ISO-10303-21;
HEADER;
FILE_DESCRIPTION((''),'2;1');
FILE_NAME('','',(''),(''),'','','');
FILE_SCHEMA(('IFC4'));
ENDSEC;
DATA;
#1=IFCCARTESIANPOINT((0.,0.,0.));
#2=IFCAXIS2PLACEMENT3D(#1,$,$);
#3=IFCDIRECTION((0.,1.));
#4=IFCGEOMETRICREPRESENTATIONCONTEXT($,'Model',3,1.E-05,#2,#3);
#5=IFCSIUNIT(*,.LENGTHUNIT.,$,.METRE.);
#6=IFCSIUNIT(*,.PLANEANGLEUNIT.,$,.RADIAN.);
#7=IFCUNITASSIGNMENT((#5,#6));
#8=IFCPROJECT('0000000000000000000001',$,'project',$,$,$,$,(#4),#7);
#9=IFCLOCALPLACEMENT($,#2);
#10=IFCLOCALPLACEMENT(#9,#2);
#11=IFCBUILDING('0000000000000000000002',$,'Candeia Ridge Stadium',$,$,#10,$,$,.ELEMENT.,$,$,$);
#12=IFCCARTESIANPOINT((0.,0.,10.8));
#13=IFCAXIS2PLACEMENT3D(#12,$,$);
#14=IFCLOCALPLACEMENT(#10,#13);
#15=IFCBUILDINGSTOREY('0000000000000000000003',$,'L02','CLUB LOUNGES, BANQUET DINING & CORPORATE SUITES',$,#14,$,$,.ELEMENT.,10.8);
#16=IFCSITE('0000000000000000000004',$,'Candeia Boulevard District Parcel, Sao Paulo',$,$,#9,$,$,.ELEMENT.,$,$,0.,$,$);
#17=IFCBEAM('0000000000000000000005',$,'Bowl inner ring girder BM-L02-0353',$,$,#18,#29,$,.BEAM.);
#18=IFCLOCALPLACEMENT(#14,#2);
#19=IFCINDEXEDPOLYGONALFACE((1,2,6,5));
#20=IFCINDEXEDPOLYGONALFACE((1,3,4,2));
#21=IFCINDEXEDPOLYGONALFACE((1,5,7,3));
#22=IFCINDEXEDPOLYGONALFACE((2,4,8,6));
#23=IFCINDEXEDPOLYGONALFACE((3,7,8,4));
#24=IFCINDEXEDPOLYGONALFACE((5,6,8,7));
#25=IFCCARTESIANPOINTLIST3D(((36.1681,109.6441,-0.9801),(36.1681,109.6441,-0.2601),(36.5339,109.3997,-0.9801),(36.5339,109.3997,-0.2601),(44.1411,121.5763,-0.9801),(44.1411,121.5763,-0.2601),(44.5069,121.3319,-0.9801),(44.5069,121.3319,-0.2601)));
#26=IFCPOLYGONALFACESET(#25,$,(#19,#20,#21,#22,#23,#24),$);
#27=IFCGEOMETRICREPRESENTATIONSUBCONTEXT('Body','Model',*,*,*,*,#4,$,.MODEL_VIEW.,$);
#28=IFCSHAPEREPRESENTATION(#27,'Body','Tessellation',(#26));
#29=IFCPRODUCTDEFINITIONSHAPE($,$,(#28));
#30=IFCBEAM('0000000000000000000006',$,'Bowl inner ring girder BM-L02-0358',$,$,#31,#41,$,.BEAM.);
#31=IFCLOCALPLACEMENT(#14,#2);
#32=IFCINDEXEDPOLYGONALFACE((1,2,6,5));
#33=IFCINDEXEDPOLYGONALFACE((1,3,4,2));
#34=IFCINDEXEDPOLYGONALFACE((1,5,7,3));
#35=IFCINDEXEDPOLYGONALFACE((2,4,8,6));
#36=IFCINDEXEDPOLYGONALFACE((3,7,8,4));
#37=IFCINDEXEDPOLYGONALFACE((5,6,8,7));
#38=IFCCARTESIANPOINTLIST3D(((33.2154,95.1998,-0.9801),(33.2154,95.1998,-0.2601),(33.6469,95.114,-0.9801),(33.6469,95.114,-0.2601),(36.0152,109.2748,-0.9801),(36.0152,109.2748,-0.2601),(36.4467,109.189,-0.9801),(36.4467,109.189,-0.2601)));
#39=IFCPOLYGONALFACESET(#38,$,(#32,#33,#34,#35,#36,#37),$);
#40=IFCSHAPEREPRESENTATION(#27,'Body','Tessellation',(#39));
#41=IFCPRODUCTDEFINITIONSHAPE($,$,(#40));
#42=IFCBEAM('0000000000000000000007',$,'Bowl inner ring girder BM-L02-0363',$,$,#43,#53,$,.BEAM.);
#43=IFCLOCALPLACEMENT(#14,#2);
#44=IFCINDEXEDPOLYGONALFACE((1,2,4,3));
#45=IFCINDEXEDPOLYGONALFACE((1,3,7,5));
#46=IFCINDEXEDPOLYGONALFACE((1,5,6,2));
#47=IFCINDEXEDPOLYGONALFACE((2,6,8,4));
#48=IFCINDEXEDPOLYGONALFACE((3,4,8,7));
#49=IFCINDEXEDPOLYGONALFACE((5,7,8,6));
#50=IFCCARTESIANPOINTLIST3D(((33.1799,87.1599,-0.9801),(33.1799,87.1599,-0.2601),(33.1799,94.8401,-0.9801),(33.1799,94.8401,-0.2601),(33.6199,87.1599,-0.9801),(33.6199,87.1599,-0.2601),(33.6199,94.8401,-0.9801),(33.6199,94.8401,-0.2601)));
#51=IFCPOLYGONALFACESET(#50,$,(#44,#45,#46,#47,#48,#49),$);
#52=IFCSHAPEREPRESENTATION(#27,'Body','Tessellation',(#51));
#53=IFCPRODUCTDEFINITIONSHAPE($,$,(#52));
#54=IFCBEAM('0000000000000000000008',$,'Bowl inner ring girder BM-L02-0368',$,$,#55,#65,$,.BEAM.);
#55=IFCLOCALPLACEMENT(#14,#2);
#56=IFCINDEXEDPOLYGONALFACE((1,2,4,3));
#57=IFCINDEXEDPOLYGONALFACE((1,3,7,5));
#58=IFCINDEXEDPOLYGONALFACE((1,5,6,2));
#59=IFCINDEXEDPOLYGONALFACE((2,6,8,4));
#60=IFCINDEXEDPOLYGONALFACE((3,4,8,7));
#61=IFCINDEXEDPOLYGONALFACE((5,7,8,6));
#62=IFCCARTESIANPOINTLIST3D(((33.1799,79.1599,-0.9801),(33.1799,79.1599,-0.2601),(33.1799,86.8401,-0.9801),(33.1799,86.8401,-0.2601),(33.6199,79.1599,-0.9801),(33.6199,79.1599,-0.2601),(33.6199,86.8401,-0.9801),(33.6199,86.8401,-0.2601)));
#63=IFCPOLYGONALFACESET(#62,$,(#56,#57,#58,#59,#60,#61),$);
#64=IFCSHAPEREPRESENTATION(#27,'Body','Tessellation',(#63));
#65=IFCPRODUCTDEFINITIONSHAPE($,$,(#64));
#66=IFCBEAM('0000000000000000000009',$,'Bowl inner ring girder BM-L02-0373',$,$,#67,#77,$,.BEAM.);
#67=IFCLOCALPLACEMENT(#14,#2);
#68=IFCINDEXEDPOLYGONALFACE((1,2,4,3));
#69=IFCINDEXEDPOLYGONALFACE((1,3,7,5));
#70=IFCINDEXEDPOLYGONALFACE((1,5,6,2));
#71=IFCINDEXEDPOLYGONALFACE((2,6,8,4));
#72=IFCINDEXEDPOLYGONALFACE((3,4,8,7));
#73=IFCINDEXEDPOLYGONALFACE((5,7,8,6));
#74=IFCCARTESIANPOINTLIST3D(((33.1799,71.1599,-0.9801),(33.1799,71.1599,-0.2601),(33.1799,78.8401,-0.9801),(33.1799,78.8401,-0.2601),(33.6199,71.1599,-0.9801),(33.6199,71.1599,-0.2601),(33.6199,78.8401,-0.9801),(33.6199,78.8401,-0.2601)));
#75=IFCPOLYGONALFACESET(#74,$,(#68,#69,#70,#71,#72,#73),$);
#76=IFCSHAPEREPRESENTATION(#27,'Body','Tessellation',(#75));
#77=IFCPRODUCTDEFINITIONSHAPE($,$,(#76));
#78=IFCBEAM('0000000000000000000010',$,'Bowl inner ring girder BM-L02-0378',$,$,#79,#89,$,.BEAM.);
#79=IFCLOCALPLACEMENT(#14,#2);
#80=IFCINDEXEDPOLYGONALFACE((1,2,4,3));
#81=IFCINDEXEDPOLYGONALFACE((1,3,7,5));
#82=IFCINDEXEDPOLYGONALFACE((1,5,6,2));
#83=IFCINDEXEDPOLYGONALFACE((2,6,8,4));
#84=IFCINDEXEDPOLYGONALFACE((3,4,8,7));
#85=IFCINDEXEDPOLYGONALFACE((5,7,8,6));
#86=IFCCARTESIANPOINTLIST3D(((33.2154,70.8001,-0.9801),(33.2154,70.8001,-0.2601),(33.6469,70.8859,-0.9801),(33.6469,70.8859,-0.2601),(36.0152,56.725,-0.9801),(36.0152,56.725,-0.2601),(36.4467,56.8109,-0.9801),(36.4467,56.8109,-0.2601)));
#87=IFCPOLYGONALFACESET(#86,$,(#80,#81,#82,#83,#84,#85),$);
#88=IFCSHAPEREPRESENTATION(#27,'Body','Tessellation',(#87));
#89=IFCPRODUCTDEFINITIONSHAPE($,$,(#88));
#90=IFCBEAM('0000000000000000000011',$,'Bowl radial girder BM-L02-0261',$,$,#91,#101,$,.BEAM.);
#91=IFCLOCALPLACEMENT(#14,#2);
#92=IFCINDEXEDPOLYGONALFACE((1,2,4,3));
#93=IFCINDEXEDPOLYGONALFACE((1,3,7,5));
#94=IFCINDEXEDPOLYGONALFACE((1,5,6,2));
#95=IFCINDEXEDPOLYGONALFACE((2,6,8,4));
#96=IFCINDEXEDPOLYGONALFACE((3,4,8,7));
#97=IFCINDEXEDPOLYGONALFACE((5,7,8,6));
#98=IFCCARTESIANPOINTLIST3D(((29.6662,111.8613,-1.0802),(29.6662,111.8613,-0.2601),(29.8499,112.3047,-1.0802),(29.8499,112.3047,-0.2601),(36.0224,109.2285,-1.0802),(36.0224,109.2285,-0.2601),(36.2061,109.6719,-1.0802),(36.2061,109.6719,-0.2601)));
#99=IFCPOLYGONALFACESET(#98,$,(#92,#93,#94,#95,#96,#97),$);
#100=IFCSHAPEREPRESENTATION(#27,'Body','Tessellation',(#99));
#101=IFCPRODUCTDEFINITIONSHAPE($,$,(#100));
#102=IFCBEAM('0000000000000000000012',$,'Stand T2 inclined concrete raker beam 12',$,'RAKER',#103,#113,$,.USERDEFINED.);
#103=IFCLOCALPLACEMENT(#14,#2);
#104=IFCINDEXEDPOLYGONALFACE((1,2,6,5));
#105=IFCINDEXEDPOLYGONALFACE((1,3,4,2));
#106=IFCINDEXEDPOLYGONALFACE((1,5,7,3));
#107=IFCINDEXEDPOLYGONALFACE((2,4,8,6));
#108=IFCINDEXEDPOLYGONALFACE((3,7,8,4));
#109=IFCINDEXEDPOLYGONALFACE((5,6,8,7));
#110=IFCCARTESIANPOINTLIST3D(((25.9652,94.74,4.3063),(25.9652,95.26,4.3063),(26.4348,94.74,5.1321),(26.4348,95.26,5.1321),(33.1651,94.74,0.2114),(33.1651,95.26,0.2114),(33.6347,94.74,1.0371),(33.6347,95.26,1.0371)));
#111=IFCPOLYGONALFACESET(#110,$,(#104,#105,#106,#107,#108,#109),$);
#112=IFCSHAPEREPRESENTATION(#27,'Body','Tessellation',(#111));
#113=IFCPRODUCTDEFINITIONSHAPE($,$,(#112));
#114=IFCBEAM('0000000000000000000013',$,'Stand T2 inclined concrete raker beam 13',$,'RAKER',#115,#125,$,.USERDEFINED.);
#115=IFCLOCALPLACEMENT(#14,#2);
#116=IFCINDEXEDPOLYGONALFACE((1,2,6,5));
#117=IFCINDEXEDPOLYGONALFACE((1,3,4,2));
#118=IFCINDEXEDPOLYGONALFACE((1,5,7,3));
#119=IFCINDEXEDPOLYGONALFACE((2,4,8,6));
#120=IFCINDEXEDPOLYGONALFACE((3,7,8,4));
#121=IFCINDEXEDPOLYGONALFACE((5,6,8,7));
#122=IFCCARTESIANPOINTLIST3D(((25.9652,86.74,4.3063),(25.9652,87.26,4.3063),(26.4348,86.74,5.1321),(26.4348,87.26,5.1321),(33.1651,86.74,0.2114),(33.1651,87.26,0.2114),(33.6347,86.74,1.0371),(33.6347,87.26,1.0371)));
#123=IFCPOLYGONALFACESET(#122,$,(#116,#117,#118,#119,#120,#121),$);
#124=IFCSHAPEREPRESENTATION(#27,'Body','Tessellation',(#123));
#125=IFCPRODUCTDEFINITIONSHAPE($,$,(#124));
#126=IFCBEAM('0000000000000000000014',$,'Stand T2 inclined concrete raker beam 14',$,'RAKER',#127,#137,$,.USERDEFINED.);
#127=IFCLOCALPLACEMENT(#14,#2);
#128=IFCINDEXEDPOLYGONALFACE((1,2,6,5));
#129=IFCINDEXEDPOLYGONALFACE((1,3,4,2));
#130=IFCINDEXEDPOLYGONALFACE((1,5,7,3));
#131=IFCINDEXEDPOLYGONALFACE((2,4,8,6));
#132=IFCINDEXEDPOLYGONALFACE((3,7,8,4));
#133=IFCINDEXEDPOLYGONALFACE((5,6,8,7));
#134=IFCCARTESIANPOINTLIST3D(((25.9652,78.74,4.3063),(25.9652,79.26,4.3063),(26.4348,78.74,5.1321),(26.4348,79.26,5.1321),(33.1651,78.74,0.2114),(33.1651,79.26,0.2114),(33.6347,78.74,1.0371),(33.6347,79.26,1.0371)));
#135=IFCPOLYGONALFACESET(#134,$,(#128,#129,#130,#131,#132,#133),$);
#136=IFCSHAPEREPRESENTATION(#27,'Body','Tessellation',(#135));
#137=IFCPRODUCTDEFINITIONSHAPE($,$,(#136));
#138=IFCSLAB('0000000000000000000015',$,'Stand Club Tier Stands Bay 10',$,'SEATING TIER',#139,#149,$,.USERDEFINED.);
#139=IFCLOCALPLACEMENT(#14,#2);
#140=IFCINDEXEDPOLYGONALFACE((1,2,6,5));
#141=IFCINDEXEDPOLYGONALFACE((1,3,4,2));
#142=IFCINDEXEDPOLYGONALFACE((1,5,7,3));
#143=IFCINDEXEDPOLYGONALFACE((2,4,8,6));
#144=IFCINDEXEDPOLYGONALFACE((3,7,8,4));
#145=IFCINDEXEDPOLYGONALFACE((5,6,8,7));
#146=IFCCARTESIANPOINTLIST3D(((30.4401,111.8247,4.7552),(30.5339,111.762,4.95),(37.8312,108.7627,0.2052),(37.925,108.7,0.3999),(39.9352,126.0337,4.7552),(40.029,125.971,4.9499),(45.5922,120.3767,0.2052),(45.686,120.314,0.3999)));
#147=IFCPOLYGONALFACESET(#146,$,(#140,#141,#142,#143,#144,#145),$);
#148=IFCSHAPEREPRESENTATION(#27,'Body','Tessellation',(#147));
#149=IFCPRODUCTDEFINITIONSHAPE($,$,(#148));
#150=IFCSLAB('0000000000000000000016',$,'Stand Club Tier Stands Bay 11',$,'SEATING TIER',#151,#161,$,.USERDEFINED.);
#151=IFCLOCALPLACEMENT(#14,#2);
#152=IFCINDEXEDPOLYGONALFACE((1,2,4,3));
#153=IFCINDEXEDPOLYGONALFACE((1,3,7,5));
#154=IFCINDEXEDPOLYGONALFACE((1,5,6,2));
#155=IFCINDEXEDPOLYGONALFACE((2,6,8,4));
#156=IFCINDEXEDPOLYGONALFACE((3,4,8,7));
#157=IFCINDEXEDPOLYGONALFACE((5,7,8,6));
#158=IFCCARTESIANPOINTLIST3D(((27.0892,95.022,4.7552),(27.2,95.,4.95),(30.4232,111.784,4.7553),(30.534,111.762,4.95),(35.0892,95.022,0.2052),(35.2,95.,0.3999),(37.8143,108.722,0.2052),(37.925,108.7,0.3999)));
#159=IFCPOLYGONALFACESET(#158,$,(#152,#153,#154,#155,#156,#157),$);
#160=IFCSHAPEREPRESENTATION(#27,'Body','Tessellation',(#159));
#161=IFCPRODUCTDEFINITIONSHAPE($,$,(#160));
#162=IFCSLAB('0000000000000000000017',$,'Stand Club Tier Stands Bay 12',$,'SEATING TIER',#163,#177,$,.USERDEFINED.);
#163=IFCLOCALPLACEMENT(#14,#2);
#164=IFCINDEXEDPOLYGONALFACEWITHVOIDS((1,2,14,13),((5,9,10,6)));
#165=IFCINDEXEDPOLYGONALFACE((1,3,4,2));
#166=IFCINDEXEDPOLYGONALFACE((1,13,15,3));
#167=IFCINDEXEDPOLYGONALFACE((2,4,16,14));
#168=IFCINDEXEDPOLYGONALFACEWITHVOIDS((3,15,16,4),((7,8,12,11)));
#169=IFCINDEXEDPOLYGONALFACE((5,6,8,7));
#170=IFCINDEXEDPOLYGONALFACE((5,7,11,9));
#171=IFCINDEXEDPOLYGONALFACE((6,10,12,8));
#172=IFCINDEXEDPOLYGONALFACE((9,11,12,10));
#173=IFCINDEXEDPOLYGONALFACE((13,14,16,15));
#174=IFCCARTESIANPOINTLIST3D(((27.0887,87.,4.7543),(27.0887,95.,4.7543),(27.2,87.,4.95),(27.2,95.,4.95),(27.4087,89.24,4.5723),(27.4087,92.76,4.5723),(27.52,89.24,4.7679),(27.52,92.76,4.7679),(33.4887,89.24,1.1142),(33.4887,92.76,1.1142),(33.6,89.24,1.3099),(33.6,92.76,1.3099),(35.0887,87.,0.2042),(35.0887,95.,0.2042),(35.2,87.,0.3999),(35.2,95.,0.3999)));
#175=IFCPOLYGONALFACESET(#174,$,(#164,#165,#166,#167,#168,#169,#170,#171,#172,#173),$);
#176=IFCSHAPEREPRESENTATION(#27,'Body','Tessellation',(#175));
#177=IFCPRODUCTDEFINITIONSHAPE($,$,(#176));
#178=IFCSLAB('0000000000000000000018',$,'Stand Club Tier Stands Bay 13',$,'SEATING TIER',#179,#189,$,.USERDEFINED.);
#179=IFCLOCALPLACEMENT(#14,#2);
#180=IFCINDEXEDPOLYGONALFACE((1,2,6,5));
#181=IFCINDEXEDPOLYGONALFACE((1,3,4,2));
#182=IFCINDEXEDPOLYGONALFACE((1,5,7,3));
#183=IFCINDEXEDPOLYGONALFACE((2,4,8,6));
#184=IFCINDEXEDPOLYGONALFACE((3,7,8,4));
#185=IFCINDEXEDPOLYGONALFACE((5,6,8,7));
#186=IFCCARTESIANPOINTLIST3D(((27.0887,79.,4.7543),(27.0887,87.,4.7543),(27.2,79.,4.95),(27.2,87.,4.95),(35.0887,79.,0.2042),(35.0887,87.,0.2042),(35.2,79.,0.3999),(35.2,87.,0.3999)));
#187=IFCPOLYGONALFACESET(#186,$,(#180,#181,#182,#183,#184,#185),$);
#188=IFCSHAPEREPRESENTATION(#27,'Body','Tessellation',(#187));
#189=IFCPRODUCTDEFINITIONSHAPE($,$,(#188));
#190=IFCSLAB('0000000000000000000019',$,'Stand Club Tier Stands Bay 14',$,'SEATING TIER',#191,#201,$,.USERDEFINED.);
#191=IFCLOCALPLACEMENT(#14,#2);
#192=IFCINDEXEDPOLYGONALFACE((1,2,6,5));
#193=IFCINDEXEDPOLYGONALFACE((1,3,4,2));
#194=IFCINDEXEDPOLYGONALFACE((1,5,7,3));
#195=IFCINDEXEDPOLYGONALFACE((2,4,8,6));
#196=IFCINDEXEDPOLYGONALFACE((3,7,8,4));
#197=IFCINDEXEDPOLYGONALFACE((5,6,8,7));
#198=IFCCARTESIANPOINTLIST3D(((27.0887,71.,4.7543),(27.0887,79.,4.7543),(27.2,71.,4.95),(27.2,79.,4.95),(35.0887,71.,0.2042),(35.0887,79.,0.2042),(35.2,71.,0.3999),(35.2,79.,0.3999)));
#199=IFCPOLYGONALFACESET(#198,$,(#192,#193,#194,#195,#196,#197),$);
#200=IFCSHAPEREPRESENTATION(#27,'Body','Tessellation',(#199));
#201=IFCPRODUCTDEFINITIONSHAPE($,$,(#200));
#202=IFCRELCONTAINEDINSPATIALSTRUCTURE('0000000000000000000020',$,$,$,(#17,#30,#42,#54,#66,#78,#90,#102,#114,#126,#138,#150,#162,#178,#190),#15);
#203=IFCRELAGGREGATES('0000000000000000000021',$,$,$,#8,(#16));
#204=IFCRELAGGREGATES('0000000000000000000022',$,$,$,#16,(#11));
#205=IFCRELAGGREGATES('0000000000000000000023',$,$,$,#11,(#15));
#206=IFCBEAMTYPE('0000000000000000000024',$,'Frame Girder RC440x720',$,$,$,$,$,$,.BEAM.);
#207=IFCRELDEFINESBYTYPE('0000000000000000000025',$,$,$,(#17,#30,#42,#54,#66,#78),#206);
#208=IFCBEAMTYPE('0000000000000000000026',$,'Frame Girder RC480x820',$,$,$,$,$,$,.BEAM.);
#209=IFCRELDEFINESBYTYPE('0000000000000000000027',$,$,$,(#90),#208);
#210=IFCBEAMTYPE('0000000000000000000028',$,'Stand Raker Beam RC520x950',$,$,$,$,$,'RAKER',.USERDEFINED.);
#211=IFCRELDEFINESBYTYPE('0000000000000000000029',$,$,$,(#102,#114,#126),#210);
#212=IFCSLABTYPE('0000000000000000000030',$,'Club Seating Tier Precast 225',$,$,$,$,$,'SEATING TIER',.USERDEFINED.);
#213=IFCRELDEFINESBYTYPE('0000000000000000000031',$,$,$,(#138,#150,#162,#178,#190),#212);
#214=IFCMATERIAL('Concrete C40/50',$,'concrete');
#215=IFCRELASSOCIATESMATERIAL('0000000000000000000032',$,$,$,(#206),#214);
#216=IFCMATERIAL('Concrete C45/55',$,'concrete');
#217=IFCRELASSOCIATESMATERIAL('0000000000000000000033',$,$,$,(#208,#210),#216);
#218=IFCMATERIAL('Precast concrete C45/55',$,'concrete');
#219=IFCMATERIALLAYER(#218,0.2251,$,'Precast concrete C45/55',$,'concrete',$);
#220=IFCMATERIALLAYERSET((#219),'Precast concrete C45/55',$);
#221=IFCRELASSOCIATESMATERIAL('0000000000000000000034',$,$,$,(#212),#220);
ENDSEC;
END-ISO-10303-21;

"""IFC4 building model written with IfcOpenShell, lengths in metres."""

from ifc_helpers import new_model, si_unit, direction, frame, origin, origin_2d, place, context, subcontext, project, spatial, polyline, rectangle, outline, extrude, material, layer, layer_set, material_profile, profile_set, type_object, element, save


model = new_model("IFC4")

# Units and contexts
model_context = context("Model", 3, precision=1e-05, world=origin(), true_north=direction((0.0, 1.0)))
body_context = subcontext(model_context, "Body", "Model", "MODEL_VIEW")
ifc_project = project(units=[si_unit("LENGTHUNIT", "METRE"), si_unit("PLANEANGLEUNIT", "RADIAN")], contexts=[model_context])

# Site, building, storey
site_placement = place(None, origin())
site = spatial("IfcSite", under=ifc_project, at=site_placement, Name="Candeia Boulevard District Parcel, Sao Paulo", CompositionType="ELEMENT", RefElevation=0.0)
building_placement = place(site_placement, origin())
building = spatial("IfcBuilding", under=site, at=building_placement, Name="Candeia Ridge Stadium", CompositionType="ELEMENT")
storey_placement = place(building_placement, frame((0.0, 0.0, 10.8)))
storey = spatial("IfcBuildingStorey", under=building, at=storey_placement, Name="L02", Description="CLUB LOUNGES, BANQUET DINING & CORPORATE SUITES", CompositionType="ELEMENT", Elevation=10.8)

# Shared definitions
ifc_material_1 = material(Name="Concrete C45/55", Category="concrete")
ifc_material_2 = material(Name="Concrete C40/50", Category="concrete")

# Beams
ifc_material_profile_1 = material_profile(ifc_material_2, rectangle(XDim=0.4399, YDim=0.72, at=origin_2d()), Name="RC440x720", Category="concrete")
ifc_profile_set_1 = profile_set([ifc_material_profile_1], Name="Concrete C40/50")
beam_type_1 = type_object("IfcBeamType", Name="Frame Girder RC440x720", PredefinedType="BEAM", material=ifc_profile_set_1)
for number, where, z_axis, x_axis, name in (
    (1, (44.324, 121.4541, -0.6201), (-0.555575, -0.831466, 0.0), (0.831466, -0.555575, 0.0), "Bowl inner ring girder BM-L02-0353"),
    (2, (36.231, 109.2319, -0.6201), (-0.195099, -0.980784, 0.0), (0.980784, -0.195099, 0.0), "Bowl inner ring girder BM-L02-0358"),
):
    element("IfcBeam", number, at=place(storey_placement, frame(where, z_axis=z_axis, x_axis=x_axis)), inside=storey, type_object=beam_type_1, Name=name, PredefinedType="BEAM", context=body_context, shape_type="SweptSolid", body=[
        extrude(rectangle(XDim=0.4399, YDim=0.72, at=origin_2d()), origin(), (0.0, 0.0, 1.0), 14.3508),
    ])
for number, where, z_axis, x_axis, name in (
    (3, (33.3999, 94.8401, -0.6201), (0.0, -1.0, 0.0), (1.0, 0.0, 0.0), "Bowl inner ring girder BM-L02-0363"),
    (4, (33.3999, 86.8401, -0.6201), (0.0, -1.0, 0.0), (1.0, 0.0, 0.0), "Bowl inner ring girder BM-L02-0368"),
    (5, (33.3999, 78.8401, -0.6201), (0.0, -1.0, 0.0), (1.0, 0.0, 0.0), "Bowl inner ring girder BM-L02-0373"),
):
    element("IfcBeam", number, at=place(storey_placement, frame(where, z_axis=z_axis, x_axis=x_axis)), inside=storey, type_object=beam_type_1, Name=name, PredefinedType="BEAM", context=body_context, shape_type="SweptSolid", body=[
        extrude(rectangle(XDim=0.4399, YDim=0.72, at=origin_2d()), origin(), (0.0, 0.0, 1.0), 7.6802),
    ])
beam_1_placement = place(storey_placement, frame((33.4312, 70.843, -0.6201), z_axis=(0.195099, -0.980784, 0.0), x_axis=(0.980784, 0.195099, 0.0)))
element("IfcBeam", 6, at=beam_1_placement, inside=storey, type_object=beam_type_1, Name="Bowl inner ring girder BM-L02-0378", PredefinedType="BEAM", context=body_context, shape_type="SweptSolid", body=[
    extrude(rectangle(XDim=0.4399, YDim=0.72, at=origin_2d()), origin(), (0.0, 0.0, 1.0), 14.3508),
])
ifc_material_profile_2 = material_profile(ifc_material_1, rectangle(XDim=0.48, YDim=0.8201, at=origin_2d()), Name="RC480x820", Category="concrete")
ifc_profile_set_2 = profile_set([ifc_material_profile_2], Name="Concrete C45/55")
beam_type_2 = type_object("IfcBeamType", Name="Frame Girder RC480x820", PredefinedType="BEAM", material=ifc_profile_set_2)
beam_2_placement = place(storey_placement, frame((36.1143, 109.4502, -0.6702), z_axis=(-0.92388, 0.382682, 0.0), x_axis=(-0.382682, -0.92388, 0.0)))
element("IfcBeam", 7, at=beam_2_placement, inside=storey, type_object=beam_type_2, Name="Bowl radial girder BM-L02-0261", PredefinedType="BEAM", context=body_context, shape_type="SweptSolid", body=[
    extrude(rectangle(XDim=0.48, YDim=0.8201, at=origin_2d()), origin(), (0.0, 0.0, 1.0), 6.8799),
])
ifc_material_profile_3 = material_profile(ifc_material_1, rectangle(XDim=0.52, YDim=0.95, at=origin_2d()), Name="RC520x950", Category="concrete")
ifc_profile_set_3 = profile_set([ifc_material_profile_3], Name="Concrete C45/55")
beam_type_3 = type_object("IfcBeamType", Name="Stand Raker Beam RC520x950", ElementType="RAKER", PredefinedType="USERDEFINED", material=ifc_profile_set_3)
for number, where, z_axis, x_axis, name in (
    (8, (33.3999, 95.0, 0.6243), (-0.869244, 0.0, 0.494383), (0.0, -1.0, 0.0), "Stand T2 inclined concrete raker beam 12"),
    (9, (33.3999, 87.0, 0.6243), (-0.869244, 0.0, 0.494383), (0.0, -1.0, 0.0), "Stand T2 inclined concrete raker beam 13"),
    (10, (33.3999, 79.0, 0.6243), (-0.869244, 0.0, 0.494383), (0.0, -1.0, 0.0), "Stand T2 inclined concrete raker beam 14"),
):
    element("IfcBeam", number, at=place(storey_placement, frame(where, z_axis=z_axis, x_axis=x_axis)), inside=storey, type_object=beam_type_3, Name=name, ObjectType="RAKER", PredefinedType="USERDEFINED", context=body_context, shape_type="SweptSolid", body=[
        extrude(rectangle(XDim=0.52, YDim=0.95, at=origin_2d()), origin(), (0.0, 0.0, 1.0), 8.283),
    ])

# Slabs
ifc_material_3 = material(Name="Precast concrete C45/55", Category="concrete")
ifc_layer_1 = layer(ifc_material_3, 0.2251, Name="Precast concrete C45/55", Category="concrete")
ifc_layer_set_1 = layer_set([ifc_layer_1], Name="Precast concrete C45/55")
slab_type = type_object("IfcSlabType", Name="Club Seating Tier Precast 225", ElementType="SEATING TIER", PredefinedType="USERDEFINED", material=ifc_layer_set_1)
slab_1_placement = place(storey_placement, frame((45.686, 120.314, 0.3999), z_axis=(0.417085, -0.278715, 0.865077), x_axis=(-0.555608, -0.831445, -0.000001)))
element("IfcSlab", 11, at=slab_1_placement, inside=storey, type_object=slab_type, Name="Stand Club Tier Stands Bay 10", ObjectType="SEATING TIER", PredefinedType="USERDEFINED", context=body_context, shape_type="SweptSolid", body=[
    extrude(outline(polyline([(0.0, 0.0), (13.9685, 0.0), (15.5291, -9.0704), (-1.5604, -9.0703), (0.0, 0.0)])), origin(), (0.0, 0.0, -1.0), 0.2251),
])
slab_2_placement = place(storey_placement, frame((37.925, 108.7, 0.3999), z_axis=(0.49201, -0.097864, 0.865072), x_axis=(-0.195089, -0.980785, 0.000003)))
element("IfcSlab", 12, at=slab_2_placement, inside=storey, type_object=slab_type, Name="Stand Club Tier Stands Bay 11", ObjectType="SEATING TIER", PredefinedType="USERDEFINED", context=body_context, shape_type="SweptSolid", body=[
    extrude(outline(polyline([(0.0, 0.0), (13.9684, 0.0), (15.5291, -9.0701), (-1.5612, -9.0703), (0.0, 0.0)])), origin(), (0.0, 0.0, -1.0), 0.2251),
])
slab_3_placement = place(storey_placement, frame((35.2, 95.0, 0.3999), z_axis=(0.494387, 0.0, 0.869242), x_axis=(0.0, -1.0, 0.0)))
element("IfcSlab", 13, at=slab_3_placement, inside=storey, type_object=slab_type, Name="Stand Club Tier Stands Bay 12", ObjectType="SEATING TIER", PredefinedType="USERDEFINED", context=body_context, shape_type="SweptSolid", body=[
    extrude(outline(polyline([(0.0, 0.0), (8.0, 0.0), (8.0, -9.2034), (0.0, -9.2034), (0.0, 0.0)]), holes=[polyline([(2.24, -1.8406), (5.76, -1.8406), (5.76, -8.8353), (2.24, -8.8353), (2.24, -1.8406)])]), origin(), (0.0, 0.0, -1.0), 0.2251),
])
for number, where, z_axis, x_axis, name in (
    (14, (35.2, 87.0, 0.3999), (0.494387, 0.0, 0.869242), (0.0, -1.0, 0.0), "Stand Club Tier Stands Bay 13"),
    (15, (35.2, 79.0, 0.3999), (0.494387, 0.0, 0.869242), (0.0, -1.0, 0.0), "Stand Club Tier Stands Bay 14"),
):
    element("IfcSlab", number, at=place(storey_placement, frame(where, z_axis=z_axis, x_axis=x_axis)), inside=storey, type_object=slab_type, Name=name, ObjectType="SEATING TIER", PredefinedType="USERDEFINED", context=body_context, shape_type="SweptSolid", body=[
        extrude(outline(polyline([(0.0, 0.0), (8.0, 0.0), (8.0, -9.2034), (0.0, -9.2034), (0.0, 0.0)])), origin(), (0.0, 0.0, -1.0), 0.2251),
    ])

save(model, "model.ifc")
